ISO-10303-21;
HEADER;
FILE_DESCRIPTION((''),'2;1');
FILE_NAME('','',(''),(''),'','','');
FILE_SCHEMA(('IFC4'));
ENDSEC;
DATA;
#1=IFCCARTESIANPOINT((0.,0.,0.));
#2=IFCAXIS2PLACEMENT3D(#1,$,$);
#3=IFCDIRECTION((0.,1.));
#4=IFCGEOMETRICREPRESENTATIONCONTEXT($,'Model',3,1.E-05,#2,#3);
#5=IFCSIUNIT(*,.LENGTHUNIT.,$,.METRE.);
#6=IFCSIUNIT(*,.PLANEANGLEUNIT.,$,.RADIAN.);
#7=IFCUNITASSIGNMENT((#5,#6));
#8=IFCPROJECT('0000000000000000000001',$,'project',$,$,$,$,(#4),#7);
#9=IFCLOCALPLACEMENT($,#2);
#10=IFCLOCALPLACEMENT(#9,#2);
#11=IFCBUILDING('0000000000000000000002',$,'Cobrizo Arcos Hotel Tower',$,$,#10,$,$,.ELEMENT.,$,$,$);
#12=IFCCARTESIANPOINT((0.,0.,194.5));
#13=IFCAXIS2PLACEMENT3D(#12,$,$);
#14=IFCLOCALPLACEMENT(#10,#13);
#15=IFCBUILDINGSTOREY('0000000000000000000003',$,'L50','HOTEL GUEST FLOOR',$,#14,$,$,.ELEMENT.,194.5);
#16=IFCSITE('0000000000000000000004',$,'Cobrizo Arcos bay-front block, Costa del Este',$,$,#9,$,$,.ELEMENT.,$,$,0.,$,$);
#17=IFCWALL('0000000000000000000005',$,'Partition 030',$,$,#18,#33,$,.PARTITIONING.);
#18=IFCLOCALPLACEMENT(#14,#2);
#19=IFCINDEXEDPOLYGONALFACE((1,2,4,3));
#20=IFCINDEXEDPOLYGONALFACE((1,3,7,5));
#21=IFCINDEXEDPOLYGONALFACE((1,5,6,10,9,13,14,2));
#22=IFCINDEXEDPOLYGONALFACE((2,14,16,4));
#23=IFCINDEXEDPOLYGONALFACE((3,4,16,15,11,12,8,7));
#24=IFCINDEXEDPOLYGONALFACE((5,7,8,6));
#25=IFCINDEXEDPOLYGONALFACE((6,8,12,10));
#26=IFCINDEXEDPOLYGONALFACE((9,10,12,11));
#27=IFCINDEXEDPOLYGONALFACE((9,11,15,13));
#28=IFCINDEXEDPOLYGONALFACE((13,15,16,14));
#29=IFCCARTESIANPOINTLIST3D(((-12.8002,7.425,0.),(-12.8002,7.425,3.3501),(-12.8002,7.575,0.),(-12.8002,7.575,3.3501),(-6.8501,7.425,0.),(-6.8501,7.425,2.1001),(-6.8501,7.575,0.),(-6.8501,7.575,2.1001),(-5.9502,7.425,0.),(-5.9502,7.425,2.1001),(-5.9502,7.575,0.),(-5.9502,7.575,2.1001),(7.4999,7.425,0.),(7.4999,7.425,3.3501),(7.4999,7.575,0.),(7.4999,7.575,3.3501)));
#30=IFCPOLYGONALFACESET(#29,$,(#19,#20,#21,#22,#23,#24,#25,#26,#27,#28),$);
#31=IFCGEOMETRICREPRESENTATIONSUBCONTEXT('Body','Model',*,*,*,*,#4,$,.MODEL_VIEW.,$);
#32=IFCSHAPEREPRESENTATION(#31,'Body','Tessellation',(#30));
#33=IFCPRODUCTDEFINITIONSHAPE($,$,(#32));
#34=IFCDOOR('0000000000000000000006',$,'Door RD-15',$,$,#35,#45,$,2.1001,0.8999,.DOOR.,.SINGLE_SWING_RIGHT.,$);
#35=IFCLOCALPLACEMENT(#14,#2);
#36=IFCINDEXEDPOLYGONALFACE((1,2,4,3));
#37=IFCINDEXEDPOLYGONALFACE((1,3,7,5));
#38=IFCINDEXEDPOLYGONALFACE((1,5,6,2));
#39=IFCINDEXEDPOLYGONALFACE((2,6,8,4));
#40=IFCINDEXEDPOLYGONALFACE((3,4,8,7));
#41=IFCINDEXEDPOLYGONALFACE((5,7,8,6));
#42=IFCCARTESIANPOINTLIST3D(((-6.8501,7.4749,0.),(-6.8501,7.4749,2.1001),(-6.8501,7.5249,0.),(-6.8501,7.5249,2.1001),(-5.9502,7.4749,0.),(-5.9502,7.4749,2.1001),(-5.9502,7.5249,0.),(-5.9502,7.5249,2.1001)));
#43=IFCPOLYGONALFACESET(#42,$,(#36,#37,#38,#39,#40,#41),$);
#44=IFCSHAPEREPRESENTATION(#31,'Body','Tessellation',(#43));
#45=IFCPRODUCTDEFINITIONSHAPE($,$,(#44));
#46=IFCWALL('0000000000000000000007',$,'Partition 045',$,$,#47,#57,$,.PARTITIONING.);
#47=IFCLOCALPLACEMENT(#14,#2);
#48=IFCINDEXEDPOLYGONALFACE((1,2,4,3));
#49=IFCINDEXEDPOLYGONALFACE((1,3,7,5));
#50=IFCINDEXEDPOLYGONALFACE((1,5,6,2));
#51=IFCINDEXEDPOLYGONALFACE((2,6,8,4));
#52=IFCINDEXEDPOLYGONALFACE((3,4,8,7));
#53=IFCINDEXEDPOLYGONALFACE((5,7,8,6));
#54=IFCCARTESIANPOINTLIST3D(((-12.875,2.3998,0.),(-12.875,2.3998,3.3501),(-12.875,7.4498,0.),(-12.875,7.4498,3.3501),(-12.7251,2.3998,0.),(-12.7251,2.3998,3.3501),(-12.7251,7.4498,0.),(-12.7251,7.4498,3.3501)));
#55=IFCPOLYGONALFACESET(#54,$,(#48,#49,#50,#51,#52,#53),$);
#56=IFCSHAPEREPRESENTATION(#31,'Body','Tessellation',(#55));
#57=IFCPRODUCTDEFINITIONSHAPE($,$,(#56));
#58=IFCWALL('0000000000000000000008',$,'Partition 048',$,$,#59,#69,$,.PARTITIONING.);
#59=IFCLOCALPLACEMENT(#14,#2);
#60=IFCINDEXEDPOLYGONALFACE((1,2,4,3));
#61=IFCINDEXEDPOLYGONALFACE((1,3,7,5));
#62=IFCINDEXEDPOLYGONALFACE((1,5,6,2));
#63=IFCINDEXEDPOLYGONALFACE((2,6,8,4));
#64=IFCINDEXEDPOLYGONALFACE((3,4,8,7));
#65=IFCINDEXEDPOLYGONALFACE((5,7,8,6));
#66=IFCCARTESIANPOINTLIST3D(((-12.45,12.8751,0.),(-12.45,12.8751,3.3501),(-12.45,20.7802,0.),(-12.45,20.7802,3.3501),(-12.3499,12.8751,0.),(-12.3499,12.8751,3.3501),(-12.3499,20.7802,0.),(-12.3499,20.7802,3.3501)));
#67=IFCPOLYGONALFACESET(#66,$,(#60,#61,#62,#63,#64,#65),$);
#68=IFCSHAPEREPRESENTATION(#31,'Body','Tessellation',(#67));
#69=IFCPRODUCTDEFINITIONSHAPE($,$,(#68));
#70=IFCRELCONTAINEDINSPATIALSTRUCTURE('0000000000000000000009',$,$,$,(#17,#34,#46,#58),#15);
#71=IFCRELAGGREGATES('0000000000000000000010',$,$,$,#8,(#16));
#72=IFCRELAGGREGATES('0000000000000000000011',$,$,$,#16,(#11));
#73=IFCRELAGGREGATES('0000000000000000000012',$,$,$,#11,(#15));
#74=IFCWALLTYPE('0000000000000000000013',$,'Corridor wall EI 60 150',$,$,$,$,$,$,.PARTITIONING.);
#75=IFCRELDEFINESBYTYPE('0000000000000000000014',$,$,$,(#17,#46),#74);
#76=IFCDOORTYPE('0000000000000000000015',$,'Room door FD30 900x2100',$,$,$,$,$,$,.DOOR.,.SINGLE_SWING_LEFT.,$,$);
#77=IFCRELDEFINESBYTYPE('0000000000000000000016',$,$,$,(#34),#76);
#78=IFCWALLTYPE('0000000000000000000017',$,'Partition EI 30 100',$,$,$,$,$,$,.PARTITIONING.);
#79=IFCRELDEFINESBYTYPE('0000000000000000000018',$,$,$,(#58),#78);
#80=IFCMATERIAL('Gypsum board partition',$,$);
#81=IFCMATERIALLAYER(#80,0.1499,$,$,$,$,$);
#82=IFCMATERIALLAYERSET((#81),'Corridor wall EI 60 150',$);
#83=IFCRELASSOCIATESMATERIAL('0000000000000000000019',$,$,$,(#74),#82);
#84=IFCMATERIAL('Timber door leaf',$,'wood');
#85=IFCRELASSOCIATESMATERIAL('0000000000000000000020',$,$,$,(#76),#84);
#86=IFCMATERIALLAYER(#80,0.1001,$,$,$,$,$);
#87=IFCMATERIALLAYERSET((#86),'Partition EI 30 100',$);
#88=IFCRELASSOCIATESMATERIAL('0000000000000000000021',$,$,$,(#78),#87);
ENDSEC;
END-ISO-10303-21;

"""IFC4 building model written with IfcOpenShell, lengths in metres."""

from ifc_helpers import new_model, si_unit, direction, frame, frame_2d, origin, place, context, subcontext, project, spatial, rectangle, extrude, material, layer, layer_set, type_object, element, fill, save


model = new_model("IFC4")

# Units and contexts
model_context = context("Model", 3, precision=1e-05, world=origin(), true_north=direction((0.0, 1.0)))
body_context = subcontext(model_context, "Body", "Model", "MODEL_VIEW")
ifc_project = project(units=[si_unit("LENGTHUNIT", "METRE"), si_unit("PLANEANGLEUNIT", "RADIAN")], contexts=[model_context])

# Site, building, storey
site_placement = place(None, origin())
site = spatial("IfcSite", under=ifc_project, at=site_placement, Name="Cobrizo Arcos bay-front block, Costa del Este", CompositionType="ELEMENT", RefElevation=0.0)
building_placement = place(site_placement, origin())
building = spatial("IfcBuilding", under=site, at=building_placement, Name="Cobrizo Arcos Hotel Tower", CompositionType="ELEMENT")
storey_placement = place(building_placement, frame((0.0, 0.0, 194.5)))
storey = spatial("IfcBuildingStorey", under=building, at=storey_placement, Name="L50", Description="HOTEL GUEST FLOOR", CompositionType="ELEMENT", Elevation=194.5)

# Wall, opening, door
ifc_material_1 = material(Name="Gypsum board partition")
ifc_layer_1 = layer(ifc_material_1, 0.1499)
ifc_layer_set_1 = layer_set([ifc_layer_1], Name="Corridor wall EI 60 150")
wall_type_1 = type_object("IfcWallType", Name="Corridor wall EI 60 150", PredefinedType="PARTITIONING", material=ifc_layer_set_1)
wall_1_placement = place(storey_placement, frame((-12.8, 7.5, 0.0), z_axis=(0.0, 0.0, 1.0), x_axis=(1.0, 0.0, 0.0)))
wall_1 = element("IfcWall", 1, at=wall_1_placement, inside=storey, type_object=wall_type_1, Name="Partition 030", PredefinedType="PARTITIONING", context=body_context, shape_type="SweptSolid", body=[
    extrude(rectangle(XDim=20.3, YDim=0.1499, at=frame_2d((10.1499, 0.0))), origin(), (0.0, 0.0, 1.0), 3.3501),
])
opening_placement = place(wall_1_placement, frame((5.95, 0.0, 0.0)))
opening = element("IfcOpeningElement", 2, at=opening_placement, cuts=wall_1, PredefinedType="OPENING", context=body_context, shape_type="SweptSolid", body=[
    extrude(rectangle(XDim=0.8999, YDim=2.1001, at=frame_2d((0.45, 1.05))), frame((0.0, 0.0869, 0.0), z_axis=(0.0, -1.0, 0.0), x_axis=(1.0, 0.0, 0.0)), (0.0, 0.0, 1.0), 0.1738),
])
ifc_material_2 = material(Name="Timber door leaf", Category="wood")
door_type = type_object("IfcDoorType", Name="Room door FD30 900x2100", OperationType="SINGLE_SWING_LEFT", PredefinedType="DOOR", material=ifc_material_2)
door_placement = place(opening_placement, origin())
door = element("IfcDoor", 3, at=door_placement, inside=storey, type_object=door_type, Name="Door RD-15", OperationType="SINGLE_SWING_RIGHT", OverallHeight=2.1001, OverallWidth=0.8999, PredefinedType="DOOR", context=body_context, shape_type="SweptSolid", body=[
    extrude(rectangle(XDim=0.8999, YDim=2.1001, at=frame_2d((0.45, 1.05))), frame((0.0, 0.0249, 0.0), z_axis=(0.0, -1.0, 0.0), x_axis=(1.0, 0.0, 0.0)), (0.0, 0.0, 1.0), 0.05),
])
fill(opening, door)

# Walls
wall_2_placement = place(storey_placement, frame((-12.8, 2.3999, 0.0), z_axis=(0.0, 0.0, 1.0), x_axis=(0.0, 1.0, 0.0)))
element("IfcWall", 4, at=wall_2_placement, inside=storey, type_object=wall_type_1, Name="Partition 045", PredefinedType="PARTITIONING", context=body_context, shape_type="SweptSolid", body=[
    extrude(rectangle(XDim=5.05, YDim=0.1499, at=frame_2d((2.5249, 0.0))), origin(), (0.0, 0.0, 1.0), 3.3501),
])
ifc_layer_2 = layer(ifc_material_1, 0.1001)
ifc_layer_set_2 = layer_set([ifc_layer_2], Name="Partition EI 30 100")
wall_type_2 = type_object("IfcWallType", Name="Partition EI 30 100", PredefinedType="PARTITIONING", material=ifc_layer_set_2)
wall_3_placement = place(storey_placement, frame((-12.3999, 12.875, 0.0), z_axis=(0.0, 0.0, 1.0), x_axis=(0.0, 1.0, 0.0)))
element("IfcWall", 5, at=wall_3_placement, inside=storey, type_object=wall_type_2, Name="Partition 048", PredefinedType="PARTITIONING", context=body_context, shape_type="SweptSolid", body=[
    extrude(rectangle(XDim=7.905, YDim=0.1001, at=frame_2d((3.9526, 0.0))), origin(), (0.0, 0.0, 1.0), 3.3501),
])

save(model, "model.ifc")
